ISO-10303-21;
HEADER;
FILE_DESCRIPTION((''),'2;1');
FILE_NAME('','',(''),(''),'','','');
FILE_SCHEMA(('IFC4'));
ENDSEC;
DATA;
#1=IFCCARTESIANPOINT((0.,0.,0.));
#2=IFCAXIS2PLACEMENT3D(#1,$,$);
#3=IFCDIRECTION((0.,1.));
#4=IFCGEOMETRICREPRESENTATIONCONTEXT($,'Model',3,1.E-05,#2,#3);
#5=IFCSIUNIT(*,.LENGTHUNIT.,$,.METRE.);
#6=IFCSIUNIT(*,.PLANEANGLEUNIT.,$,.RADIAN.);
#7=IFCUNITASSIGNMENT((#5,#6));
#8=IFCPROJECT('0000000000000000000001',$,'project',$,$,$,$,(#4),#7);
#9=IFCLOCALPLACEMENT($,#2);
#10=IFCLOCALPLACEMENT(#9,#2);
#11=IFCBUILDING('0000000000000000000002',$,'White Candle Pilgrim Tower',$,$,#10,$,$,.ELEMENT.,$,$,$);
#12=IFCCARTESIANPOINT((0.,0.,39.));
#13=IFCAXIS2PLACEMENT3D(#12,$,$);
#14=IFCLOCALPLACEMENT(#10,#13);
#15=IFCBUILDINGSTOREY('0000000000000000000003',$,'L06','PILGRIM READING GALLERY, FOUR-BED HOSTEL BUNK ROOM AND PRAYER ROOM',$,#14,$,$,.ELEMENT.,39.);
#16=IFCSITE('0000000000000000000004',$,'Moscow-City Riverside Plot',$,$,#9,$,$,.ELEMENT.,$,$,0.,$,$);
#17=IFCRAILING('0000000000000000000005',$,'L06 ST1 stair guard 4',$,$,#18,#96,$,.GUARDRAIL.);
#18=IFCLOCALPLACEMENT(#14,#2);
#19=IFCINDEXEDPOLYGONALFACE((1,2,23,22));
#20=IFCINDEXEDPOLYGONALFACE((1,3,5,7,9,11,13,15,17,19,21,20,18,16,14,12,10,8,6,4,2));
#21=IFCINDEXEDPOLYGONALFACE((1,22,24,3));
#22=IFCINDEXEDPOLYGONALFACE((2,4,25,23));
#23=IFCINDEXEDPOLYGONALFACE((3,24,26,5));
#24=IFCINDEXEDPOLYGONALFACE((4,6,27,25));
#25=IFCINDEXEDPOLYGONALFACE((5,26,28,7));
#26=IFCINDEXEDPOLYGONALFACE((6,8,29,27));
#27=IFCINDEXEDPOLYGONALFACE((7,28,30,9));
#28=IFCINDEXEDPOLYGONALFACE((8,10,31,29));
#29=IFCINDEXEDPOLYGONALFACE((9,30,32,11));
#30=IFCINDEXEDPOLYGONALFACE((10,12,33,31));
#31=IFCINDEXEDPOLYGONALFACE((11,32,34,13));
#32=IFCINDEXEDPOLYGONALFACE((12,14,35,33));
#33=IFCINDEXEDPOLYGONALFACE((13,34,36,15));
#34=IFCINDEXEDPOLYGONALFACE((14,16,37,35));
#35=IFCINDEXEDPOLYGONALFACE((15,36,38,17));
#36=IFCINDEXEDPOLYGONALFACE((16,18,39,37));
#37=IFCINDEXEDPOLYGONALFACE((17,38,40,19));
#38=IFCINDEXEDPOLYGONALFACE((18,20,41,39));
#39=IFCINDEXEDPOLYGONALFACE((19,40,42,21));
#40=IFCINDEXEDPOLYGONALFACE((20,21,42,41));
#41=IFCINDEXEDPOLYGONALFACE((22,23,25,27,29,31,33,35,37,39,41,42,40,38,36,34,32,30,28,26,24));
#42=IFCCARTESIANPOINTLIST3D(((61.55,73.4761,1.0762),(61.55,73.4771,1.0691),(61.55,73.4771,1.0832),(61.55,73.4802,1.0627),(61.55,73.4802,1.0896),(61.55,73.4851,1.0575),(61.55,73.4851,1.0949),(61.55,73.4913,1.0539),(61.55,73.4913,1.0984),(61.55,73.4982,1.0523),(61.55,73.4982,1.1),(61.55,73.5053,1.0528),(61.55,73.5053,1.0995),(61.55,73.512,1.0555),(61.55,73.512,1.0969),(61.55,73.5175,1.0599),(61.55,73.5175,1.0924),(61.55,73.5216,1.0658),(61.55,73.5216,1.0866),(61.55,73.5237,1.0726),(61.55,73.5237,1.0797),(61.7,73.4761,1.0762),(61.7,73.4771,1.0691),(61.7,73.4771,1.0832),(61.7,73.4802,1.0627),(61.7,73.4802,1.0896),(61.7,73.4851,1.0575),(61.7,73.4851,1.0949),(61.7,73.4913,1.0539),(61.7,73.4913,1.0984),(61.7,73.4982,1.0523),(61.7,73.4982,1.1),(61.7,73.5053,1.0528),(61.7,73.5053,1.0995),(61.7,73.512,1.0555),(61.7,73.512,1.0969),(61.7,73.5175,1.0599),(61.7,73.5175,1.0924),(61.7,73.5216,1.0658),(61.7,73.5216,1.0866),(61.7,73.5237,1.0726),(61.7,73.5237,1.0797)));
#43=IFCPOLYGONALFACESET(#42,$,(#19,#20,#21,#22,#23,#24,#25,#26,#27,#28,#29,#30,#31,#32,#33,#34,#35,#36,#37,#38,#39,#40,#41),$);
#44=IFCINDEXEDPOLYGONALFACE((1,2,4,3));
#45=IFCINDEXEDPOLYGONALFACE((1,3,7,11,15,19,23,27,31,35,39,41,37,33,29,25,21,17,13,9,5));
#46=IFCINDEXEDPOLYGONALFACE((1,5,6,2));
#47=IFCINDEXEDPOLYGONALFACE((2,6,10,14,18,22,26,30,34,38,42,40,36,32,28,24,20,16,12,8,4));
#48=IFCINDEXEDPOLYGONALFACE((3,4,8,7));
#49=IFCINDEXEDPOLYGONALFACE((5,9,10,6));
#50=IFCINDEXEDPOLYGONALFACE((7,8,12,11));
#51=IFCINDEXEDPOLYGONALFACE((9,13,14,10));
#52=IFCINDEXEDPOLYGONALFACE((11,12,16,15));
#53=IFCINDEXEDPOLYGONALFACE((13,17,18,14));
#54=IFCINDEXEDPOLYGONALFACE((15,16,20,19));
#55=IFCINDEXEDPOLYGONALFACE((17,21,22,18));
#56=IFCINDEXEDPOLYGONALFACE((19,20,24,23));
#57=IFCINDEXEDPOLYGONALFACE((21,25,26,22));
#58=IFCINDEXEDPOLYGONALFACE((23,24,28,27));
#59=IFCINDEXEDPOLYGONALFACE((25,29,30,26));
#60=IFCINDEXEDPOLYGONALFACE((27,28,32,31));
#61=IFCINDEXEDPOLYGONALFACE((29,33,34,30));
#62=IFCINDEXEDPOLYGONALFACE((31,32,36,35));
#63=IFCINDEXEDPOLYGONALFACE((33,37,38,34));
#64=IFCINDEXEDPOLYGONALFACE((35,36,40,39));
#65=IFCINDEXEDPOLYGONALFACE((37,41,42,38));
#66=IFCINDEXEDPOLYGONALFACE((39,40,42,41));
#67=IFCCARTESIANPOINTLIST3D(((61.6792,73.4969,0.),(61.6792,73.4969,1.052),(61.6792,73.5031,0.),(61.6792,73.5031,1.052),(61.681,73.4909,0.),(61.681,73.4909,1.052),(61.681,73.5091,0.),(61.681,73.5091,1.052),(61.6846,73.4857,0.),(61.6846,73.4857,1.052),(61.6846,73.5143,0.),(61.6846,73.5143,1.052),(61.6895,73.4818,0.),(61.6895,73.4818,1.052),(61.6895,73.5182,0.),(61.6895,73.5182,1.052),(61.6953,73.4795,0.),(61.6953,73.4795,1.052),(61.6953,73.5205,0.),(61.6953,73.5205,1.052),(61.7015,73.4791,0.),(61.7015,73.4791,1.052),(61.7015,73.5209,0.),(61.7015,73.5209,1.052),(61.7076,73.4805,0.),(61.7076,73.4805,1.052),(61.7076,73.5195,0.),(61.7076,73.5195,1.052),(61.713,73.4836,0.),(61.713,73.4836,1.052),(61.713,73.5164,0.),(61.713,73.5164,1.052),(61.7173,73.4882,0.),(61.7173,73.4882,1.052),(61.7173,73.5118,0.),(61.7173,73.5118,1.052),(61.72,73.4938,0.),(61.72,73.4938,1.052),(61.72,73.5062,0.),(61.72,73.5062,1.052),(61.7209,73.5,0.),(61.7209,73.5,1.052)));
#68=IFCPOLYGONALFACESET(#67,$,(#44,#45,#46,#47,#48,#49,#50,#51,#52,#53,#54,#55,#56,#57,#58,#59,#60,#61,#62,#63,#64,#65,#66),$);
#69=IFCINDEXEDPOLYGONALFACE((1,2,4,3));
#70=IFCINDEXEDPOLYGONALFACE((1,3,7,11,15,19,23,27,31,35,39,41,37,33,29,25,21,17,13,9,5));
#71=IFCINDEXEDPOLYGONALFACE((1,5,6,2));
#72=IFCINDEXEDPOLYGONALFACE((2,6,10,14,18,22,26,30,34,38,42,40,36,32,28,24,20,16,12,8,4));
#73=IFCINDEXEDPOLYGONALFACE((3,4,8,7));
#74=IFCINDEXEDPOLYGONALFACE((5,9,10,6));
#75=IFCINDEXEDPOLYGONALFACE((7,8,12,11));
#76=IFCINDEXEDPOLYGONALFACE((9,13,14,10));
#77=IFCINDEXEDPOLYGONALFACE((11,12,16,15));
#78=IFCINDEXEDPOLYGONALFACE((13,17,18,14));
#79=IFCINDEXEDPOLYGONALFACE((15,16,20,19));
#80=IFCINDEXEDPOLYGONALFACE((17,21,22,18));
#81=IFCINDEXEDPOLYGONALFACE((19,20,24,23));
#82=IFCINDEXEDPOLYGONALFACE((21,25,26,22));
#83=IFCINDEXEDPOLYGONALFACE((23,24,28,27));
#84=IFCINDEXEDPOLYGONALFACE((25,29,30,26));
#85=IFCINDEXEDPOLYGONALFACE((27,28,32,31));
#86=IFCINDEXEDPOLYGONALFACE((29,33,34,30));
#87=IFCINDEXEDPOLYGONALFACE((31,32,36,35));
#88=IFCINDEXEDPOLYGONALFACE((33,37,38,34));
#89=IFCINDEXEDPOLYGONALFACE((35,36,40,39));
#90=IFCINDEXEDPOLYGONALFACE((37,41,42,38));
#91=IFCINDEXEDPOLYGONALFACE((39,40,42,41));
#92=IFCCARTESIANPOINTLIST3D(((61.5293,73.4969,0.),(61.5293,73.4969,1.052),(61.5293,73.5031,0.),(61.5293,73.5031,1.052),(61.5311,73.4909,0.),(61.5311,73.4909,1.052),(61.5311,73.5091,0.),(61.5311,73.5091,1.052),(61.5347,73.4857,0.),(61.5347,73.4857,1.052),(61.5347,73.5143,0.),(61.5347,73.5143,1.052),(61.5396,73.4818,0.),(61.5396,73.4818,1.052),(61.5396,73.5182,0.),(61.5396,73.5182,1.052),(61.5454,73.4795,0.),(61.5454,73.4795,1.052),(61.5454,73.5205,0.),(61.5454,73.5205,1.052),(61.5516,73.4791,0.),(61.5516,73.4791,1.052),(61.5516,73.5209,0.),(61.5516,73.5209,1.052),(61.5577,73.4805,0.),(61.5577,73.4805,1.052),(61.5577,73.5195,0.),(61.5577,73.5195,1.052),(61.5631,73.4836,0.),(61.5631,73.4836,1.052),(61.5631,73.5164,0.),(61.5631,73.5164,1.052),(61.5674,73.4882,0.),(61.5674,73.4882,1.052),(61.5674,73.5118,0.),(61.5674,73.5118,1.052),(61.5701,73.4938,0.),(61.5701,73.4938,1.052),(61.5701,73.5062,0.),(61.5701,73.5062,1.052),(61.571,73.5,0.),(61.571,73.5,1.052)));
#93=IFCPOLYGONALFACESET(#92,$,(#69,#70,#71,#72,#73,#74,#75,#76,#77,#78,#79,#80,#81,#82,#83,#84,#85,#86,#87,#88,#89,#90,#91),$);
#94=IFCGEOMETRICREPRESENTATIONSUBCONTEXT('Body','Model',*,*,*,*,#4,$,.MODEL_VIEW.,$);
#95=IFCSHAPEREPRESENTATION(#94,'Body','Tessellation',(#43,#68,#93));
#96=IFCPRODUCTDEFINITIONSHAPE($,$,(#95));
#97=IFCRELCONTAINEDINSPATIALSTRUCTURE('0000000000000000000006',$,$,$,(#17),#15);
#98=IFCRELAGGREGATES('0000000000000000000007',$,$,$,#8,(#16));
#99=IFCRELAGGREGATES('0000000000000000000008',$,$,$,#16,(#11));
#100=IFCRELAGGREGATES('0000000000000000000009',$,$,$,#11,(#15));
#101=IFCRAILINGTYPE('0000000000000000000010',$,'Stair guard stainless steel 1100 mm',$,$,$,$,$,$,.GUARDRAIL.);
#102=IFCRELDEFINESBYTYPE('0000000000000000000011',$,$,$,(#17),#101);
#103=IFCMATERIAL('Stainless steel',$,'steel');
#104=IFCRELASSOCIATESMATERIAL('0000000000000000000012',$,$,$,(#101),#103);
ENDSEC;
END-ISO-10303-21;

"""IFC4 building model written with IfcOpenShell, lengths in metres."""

from ifc_helpers import new_model, si_unit, direction, frame, origin, origin_2d, place, context, subcontext, project, spatial, circle, extrude, material, type_object, element, save


model = new_model("IFC4")

# Units and contexts
model_context = context("Model", 3, precision=1e-05, world=origin(), true_north=direction((0.0, 1.0)))
body_context = subcontext(model_context, "Body", "Model", "MODEL_VIEW")
ifc_project = project(units=[si_unit("LENGTHUNIT", "METRE"), si_unit("PLANEANGLEUNIT", "RADIAN")], contexts=[model_context])

# Site, building, storey
site_placement = place(None, origin())
site = spatial("IfcSite", under=ifc_project, at=site_placement, Name="Moscow-City Riverside Plot", CompositionType="ELEMENT", RefElevation=0.0)
building_placement = place(site_placement, origin())
building = spatial("IfcBuilding", under=site, at=building_placement, Name="White Candle Pilgrim Tower", CompositionType="ELEMENT")
storey_placement = place(building_placement, frame((0.0, 0.0, 39.0)))
storey = spatial("IfcBuildingStorey", under=building, at=storey_placement, Name="L06", Description="PILGRIM READING GALLERY, FOUR-BED HOSTEL BUNK ROOM AND PRAYER ROOM", CompositionType="ELEMENT", Elevation=39.0)

# Shared definitions
ifc_material_1 = material(Name="Stainless steel", Category="steel")

# Railing
railing_type_1 = type_object("IfcRailingType", Name="Stair guard stainless steel 1100 mm", PredefinedType="GUARDRAIL", material=ifc_material_1)
railing_1_placement = place(storey_placement, frame((61.7, 73.5, 0.0)))
element("IfcRailing", 1, at=railing_1_placement, inside=storey, type_object=railing_type_1, Name="L06 ST1 stair guard 4", PredefinedType="GUARDRAIL", context=body_context, shape_type="SweptSolid", body=[
    extrude(circle(Radius=0.0239, at=origin_2d()), frame((0.0, 0.0, 1.0762), z_axis=(-1.0, 0.0, 0.0), x_axis=(0.0, -1.0, 0.0)), (0.0, 0.0, 1.0), 0.1499),
    extrude(circle(Radius=0.021, at=origin_2d()), origin(), (0.0, 0.0, 1.0), 1.052),
    extrude(circle(Radius=0.021, at=origin_2d()), frame((-0.1499, 0.0, 0.0)), (0.0, 0.0, 1.0), 1.052),
])

save(model, "model.ifc")
